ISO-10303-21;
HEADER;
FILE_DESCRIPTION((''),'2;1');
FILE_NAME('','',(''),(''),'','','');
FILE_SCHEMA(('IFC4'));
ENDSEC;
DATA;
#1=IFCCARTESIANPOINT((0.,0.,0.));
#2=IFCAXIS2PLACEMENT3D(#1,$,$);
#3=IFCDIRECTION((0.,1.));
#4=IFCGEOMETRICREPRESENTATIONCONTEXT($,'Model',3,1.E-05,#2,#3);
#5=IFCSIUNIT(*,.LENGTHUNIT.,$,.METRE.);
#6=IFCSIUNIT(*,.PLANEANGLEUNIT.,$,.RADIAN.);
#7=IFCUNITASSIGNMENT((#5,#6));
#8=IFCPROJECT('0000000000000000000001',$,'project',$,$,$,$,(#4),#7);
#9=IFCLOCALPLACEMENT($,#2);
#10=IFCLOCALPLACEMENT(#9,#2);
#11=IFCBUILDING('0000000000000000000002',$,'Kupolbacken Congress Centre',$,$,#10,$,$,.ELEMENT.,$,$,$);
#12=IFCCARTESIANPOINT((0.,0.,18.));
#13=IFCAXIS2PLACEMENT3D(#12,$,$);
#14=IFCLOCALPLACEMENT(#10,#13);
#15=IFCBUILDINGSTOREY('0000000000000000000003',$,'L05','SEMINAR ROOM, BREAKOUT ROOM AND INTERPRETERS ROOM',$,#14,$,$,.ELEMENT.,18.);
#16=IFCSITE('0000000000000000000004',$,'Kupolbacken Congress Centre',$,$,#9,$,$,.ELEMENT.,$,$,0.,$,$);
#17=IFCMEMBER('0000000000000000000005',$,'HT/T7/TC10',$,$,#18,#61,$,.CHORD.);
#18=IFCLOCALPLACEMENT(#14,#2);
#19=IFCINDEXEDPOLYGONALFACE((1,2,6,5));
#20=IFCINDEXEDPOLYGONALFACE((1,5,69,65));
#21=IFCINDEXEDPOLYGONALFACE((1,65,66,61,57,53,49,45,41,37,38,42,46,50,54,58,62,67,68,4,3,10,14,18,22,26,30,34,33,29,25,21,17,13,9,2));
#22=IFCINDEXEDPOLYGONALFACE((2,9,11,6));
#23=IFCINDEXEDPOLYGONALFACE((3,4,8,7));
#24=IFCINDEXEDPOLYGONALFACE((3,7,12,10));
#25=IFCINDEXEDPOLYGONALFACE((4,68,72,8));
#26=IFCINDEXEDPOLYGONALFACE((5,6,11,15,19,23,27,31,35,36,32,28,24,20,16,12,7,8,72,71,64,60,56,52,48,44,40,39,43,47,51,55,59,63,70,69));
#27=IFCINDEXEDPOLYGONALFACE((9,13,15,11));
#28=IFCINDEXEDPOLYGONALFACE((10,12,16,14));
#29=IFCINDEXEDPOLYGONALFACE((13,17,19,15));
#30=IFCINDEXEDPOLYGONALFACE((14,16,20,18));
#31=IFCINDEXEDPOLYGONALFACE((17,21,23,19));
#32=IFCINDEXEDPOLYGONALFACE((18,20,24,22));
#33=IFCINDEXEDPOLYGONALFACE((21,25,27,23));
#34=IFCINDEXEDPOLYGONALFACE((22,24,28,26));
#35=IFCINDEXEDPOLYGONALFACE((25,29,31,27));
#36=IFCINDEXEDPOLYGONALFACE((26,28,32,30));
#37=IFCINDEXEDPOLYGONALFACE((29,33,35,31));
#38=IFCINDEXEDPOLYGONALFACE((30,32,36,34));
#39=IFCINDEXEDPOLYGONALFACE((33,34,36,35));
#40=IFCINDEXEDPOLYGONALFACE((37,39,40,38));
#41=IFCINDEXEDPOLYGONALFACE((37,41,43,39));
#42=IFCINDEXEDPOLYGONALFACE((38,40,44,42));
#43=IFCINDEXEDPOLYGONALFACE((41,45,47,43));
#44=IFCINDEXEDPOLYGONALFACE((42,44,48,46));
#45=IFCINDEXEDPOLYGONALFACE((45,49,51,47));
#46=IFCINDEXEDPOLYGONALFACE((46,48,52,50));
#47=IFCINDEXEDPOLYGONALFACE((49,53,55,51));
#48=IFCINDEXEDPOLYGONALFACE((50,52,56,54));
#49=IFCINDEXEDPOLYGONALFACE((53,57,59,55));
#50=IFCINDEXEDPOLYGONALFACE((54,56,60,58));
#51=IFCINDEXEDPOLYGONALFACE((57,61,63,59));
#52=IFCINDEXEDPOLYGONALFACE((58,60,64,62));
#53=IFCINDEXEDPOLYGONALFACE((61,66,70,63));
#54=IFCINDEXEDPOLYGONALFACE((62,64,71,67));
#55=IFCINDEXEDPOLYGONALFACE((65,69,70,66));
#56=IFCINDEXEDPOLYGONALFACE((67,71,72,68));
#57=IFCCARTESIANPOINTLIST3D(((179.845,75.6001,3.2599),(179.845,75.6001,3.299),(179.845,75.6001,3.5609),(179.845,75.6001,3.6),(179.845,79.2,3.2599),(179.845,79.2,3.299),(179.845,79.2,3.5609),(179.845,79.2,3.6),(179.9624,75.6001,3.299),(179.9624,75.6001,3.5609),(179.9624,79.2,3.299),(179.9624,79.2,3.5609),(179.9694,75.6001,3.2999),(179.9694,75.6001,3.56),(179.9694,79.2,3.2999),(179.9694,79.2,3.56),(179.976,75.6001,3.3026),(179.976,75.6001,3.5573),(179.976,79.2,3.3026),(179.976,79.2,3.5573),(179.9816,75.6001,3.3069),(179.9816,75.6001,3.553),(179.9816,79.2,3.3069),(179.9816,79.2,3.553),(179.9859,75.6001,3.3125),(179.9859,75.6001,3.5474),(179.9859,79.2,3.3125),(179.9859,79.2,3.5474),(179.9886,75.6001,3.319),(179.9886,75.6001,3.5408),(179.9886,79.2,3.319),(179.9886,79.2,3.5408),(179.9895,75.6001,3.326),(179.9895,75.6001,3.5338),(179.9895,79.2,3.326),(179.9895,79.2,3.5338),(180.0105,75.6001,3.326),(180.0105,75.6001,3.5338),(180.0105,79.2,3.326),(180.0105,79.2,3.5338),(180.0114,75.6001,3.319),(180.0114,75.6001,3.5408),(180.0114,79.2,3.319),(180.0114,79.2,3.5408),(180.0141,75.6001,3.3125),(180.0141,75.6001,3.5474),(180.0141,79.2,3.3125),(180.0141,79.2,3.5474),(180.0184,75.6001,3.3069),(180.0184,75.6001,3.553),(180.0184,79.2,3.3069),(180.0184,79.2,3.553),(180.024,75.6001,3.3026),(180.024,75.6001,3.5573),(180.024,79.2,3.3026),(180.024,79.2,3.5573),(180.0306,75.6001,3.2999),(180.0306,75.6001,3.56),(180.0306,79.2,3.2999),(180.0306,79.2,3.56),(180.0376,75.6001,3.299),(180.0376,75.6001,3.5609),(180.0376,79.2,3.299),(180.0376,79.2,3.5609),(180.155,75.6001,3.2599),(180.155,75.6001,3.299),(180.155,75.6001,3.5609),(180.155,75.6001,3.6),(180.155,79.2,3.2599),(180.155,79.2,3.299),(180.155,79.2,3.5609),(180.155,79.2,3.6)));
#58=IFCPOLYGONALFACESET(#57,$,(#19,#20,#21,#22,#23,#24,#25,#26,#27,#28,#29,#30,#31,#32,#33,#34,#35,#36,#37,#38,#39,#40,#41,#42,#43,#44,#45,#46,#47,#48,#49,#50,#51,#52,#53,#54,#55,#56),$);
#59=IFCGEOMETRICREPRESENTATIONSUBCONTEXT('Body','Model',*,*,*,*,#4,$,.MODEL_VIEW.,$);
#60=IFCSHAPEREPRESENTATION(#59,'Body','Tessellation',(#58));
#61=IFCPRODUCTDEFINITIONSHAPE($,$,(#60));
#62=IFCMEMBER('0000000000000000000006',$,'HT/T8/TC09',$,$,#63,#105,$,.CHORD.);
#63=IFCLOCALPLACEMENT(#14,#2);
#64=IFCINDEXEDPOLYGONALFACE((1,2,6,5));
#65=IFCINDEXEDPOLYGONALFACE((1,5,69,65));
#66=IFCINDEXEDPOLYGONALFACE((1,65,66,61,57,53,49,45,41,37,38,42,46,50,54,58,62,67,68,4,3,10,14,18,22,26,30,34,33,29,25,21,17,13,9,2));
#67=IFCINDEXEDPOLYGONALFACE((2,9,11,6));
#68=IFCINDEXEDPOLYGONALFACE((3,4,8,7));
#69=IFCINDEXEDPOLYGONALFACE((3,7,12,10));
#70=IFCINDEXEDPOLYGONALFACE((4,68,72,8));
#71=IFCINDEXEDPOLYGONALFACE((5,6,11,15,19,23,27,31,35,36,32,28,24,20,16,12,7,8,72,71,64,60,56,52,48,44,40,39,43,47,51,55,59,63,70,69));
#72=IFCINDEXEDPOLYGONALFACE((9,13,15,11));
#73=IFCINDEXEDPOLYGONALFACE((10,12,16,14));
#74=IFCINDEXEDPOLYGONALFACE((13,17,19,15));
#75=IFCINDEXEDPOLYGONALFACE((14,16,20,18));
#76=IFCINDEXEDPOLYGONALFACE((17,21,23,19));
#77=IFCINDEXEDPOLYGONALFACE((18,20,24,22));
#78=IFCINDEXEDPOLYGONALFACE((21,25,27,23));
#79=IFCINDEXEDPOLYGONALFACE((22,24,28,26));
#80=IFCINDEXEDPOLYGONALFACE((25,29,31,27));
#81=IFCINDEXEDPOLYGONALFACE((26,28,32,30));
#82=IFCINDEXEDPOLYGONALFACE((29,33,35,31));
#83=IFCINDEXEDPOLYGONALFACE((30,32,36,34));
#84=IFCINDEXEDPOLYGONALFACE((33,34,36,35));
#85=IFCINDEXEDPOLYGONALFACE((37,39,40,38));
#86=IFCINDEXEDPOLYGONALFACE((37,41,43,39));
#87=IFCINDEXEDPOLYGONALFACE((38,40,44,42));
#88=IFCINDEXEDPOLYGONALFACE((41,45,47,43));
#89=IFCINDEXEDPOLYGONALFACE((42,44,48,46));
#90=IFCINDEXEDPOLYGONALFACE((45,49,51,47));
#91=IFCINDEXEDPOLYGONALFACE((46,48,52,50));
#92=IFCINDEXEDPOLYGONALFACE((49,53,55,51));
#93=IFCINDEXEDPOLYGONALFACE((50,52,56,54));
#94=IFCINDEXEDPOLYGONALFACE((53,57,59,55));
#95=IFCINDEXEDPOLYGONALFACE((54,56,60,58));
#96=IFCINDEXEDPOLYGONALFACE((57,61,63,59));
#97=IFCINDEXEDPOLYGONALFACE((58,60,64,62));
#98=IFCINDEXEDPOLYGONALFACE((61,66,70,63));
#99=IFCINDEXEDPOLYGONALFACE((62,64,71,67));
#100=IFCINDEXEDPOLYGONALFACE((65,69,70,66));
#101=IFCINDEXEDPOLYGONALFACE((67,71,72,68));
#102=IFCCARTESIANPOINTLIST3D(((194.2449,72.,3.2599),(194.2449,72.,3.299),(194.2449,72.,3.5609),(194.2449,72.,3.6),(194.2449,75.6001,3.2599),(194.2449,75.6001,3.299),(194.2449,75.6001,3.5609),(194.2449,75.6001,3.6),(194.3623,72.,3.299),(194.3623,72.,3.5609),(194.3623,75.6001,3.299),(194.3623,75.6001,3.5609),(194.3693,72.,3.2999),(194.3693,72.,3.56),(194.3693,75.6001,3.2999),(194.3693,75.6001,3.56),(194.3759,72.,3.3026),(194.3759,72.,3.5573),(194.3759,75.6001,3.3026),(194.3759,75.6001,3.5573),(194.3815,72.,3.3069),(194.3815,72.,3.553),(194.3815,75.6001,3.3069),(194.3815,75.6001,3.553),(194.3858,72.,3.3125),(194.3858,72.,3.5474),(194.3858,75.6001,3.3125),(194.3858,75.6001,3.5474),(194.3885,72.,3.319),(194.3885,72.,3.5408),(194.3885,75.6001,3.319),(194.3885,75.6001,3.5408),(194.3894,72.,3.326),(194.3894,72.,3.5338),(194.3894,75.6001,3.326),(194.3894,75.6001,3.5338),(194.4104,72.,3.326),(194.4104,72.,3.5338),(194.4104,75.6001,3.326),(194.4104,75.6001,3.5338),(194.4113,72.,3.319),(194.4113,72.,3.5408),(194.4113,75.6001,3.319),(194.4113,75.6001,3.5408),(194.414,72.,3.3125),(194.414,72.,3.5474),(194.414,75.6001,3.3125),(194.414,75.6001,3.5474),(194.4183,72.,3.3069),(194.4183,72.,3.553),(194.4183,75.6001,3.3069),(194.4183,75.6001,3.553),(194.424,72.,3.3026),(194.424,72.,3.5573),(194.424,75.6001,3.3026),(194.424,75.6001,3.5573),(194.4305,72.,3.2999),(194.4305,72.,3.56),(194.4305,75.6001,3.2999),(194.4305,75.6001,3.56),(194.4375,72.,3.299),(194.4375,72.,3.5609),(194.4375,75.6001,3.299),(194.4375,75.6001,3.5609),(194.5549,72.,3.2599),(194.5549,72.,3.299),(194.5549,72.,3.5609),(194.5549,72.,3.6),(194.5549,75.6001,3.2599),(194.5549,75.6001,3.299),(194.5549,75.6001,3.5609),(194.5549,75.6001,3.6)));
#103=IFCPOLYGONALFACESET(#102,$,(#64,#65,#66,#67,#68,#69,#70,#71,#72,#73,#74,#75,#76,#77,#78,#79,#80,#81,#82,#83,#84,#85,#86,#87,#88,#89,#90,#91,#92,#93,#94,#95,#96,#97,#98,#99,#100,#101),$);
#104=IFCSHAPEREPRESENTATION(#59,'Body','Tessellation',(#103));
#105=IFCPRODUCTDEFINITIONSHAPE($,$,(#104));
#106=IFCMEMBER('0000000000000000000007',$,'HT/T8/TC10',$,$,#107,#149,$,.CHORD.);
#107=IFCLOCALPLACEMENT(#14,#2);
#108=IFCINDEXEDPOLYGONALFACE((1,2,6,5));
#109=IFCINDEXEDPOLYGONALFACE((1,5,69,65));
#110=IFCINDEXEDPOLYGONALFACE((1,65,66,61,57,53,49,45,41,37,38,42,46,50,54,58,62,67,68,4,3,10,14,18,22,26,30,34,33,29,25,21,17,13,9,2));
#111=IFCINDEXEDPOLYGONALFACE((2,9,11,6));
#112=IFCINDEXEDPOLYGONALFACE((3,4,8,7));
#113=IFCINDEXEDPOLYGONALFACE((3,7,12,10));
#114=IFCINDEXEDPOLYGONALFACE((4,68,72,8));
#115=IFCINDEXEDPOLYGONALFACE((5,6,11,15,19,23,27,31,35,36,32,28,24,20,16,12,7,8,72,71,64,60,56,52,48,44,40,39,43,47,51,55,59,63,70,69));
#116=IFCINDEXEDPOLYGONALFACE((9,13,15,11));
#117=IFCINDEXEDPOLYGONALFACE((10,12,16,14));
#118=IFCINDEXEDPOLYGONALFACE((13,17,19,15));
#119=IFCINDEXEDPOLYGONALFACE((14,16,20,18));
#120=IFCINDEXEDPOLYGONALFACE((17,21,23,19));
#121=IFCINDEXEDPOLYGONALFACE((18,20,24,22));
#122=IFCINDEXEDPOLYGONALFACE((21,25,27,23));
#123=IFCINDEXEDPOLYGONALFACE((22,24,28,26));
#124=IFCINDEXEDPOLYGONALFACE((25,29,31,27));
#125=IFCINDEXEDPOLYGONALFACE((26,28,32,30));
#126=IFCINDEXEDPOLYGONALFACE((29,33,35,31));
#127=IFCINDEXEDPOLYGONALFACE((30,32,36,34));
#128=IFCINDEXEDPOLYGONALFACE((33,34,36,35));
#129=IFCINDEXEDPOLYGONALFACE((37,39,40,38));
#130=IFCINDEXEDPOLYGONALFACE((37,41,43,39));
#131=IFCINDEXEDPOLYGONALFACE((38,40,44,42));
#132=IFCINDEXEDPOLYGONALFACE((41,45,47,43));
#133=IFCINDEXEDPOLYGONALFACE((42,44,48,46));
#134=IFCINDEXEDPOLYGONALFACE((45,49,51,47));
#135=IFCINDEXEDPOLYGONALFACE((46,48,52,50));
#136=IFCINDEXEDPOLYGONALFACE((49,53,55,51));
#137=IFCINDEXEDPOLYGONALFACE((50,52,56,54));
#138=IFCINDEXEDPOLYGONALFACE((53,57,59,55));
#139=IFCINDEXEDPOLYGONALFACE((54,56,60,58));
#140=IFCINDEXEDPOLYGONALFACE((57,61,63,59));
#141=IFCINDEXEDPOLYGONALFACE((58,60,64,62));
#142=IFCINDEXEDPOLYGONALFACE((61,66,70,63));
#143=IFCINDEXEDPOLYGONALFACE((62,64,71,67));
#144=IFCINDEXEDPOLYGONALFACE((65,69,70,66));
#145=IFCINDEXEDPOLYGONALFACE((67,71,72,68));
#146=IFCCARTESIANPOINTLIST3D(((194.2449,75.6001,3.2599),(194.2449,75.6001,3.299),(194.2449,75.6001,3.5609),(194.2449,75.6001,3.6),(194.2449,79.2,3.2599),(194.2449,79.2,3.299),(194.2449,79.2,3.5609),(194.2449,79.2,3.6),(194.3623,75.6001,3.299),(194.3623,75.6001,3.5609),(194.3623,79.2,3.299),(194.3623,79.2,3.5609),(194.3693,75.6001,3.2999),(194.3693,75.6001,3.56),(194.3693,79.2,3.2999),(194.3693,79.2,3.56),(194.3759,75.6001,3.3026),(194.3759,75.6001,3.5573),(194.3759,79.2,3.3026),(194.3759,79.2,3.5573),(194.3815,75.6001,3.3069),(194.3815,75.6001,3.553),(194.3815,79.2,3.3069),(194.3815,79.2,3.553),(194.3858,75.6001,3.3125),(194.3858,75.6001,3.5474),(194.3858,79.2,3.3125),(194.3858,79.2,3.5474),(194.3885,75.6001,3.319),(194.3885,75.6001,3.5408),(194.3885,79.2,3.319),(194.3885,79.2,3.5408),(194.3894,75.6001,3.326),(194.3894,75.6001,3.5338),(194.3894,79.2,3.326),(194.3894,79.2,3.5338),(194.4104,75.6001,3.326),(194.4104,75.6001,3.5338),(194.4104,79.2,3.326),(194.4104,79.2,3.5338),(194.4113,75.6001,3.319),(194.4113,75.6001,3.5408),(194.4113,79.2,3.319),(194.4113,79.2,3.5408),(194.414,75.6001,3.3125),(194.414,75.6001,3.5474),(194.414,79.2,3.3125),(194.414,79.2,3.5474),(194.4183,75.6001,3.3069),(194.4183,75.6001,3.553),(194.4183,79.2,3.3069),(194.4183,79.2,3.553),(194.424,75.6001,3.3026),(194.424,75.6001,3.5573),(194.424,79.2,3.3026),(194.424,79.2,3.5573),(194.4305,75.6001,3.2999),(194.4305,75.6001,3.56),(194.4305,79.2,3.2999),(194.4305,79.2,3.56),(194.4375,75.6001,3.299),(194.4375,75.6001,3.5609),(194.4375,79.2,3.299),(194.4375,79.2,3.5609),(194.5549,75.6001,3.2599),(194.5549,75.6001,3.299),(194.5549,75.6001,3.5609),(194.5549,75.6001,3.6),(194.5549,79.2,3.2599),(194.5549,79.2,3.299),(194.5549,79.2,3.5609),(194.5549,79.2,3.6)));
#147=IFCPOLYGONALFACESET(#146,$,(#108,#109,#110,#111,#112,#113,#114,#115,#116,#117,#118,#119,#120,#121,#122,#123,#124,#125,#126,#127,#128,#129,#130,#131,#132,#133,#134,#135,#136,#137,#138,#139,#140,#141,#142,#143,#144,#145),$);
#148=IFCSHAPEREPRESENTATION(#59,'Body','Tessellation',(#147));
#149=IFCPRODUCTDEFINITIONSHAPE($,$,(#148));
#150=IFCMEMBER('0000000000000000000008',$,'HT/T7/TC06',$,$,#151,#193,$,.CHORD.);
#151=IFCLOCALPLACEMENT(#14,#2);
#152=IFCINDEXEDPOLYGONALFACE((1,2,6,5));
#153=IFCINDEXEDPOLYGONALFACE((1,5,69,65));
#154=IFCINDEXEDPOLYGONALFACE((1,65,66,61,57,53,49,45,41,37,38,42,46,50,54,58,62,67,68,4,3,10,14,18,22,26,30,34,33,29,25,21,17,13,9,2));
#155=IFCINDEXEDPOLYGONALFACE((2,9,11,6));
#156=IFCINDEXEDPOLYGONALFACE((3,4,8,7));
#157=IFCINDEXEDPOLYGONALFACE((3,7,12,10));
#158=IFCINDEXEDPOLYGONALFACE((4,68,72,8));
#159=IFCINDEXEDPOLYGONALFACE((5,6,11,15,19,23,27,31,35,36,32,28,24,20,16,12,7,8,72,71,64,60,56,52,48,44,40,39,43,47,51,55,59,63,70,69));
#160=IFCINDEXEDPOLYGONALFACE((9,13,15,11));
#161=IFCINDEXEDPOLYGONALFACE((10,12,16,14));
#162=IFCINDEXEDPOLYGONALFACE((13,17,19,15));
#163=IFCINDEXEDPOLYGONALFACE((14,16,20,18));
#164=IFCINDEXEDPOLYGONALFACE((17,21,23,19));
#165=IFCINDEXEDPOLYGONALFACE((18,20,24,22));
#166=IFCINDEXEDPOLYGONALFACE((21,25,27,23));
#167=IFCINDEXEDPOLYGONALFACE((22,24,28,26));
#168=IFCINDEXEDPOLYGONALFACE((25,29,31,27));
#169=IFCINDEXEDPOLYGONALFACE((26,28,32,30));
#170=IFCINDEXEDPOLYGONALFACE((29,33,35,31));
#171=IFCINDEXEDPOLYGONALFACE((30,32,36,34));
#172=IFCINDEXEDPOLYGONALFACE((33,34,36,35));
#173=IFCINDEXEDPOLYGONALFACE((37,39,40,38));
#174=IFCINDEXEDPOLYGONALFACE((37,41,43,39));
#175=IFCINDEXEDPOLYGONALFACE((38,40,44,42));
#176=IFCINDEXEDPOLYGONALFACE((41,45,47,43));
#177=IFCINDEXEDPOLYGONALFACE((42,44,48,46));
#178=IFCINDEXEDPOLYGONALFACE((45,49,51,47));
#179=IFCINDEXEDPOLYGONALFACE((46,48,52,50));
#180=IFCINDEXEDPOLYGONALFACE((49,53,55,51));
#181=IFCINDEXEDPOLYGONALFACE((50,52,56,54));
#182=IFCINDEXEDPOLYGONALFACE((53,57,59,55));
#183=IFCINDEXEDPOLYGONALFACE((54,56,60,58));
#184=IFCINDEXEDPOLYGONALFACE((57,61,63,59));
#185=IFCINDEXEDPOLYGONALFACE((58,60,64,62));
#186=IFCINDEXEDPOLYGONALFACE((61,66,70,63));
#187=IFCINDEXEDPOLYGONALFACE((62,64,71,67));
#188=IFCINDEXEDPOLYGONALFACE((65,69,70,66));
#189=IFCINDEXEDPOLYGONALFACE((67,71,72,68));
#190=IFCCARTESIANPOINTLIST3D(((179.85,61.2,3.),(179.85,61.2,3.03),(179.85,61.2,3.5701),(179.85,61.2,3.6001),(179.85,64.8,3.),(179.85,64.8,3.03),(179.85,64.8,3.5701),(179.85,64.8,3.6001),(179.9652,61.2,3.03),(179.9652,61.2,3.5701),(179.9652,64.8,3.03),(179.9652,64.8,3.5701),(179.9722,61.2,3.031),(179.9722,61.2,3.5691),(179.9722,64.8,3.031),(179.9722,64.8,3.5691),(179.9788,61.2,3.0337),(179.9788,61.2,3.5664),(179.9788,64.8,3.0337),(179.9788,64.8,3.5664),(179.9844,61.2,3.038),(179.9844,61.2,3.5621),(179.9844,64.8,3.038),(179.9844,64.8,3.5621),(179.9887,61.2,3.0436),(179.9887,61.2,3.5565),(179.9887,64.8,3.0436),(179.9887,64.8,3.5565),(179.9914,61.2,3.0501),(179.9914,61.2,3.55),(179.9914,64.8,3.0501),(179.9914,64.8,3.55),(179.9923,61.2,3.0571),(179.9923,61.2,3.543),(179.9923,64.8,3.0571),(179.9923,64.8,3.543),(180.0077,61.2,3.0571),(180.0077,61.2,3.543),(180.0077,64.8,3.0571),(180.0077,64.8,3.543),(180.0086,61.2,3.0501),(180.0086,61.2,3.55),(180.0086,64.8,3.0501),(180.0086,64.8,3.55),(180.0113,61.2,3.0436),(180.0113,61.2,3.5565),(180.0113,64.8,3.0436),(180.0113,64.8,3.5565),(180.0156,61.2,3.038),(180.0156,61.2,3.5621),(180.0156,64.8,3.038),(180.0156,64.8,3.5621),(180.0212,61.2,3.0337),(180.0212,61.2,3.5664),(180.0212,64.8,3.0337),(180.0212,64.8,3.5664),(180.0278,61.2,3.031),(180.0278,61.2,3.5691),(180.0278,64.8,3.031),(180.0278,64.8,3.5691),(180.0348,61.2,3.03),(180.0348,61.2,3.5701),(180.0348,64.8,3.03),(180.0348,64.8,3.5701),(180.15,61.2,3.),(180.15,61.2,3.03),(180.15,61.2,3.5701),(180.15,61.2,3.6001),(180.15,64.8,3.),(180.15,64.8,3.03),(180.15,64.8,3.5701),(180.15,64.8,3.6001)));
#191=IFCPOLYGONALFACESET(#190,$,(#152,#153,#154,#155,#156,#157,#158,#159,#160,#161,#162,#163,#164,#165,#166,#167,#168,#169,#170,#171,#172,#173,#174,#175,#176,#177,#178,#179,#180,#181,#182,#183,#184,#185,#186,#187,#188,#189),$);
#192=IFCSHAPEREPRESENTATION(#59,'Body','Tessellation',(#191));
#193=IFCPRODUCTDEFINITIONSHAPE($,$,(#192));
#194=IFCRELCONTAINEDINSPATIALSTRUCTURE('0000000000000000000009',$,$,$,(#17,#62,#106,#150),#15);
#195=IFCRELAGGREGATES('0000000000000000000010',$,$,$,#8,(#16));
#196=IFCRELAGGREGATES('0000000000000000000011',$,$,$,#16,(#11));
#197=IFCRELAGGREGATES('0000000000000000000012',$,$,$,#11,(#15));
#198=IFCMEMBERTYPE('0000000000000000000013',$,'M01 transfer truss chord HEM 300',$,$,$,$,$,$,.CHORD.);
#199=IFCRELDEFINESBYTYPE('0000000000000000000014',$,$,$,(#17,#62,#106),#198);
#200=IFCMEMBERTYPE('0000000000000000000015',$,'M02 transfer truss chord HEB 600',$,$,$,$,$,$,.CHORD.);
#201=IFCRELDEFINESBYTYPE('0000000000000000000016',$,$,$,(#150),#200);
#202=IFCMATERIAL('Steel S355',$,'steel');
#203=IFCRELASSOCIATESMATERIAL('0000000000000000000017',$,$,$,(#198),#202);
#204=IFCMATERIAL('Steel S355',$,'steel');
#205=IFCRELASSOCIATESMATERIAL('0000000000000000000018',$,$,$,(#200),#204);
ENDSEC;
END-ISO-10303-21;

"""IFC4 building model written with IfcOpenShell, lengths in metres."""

from ifc_helpers import new_model, si_unit, direction, frame, origin, origin_2d, place, context, subcontext, project, spatial, i_section, extrude, material, material_profile, profile_set, type_object, element, save


model = new_model("IFC4")

# Units and contexts
model_context = context("Model", 3, precision=1e-05, world=origin(), true_north=direction((0.0, 1.0)))
body_context = subcontext(model_context, "Body", "Model", "MODEL_VIEW")
ifc_project = project(units=[si_unit("LENGTHUNIT", "METRE"), si_unit("PLANEANGLEUNIT", "RADIAN")], contexts=[model_context])

# Site, building, storey
site_placement = place(None, origin())
site = spatial("IfcSite", under=ifc_project, at=site_placement, Name="Kupolbacken Congress Centre", CompositionType="ELEMENT", RefElevation=0.0)
building_placement = place(site_placement, origin())
building = spatial("IfcBuilding", under=site, at=building_placement, Name="Kupolbacken Congress Centre", CompositionType="ELEMENT")
storey_placement = place(building_placement, frame((0.0, 0.0, 18.0)))
storey = spatial("IfcBuildingStorey", under=building, at=storey_placement, Name="L05", Description="SEMINAR ROOM, BREAKOUT ROOM AND INTERPRETERS ROOM", CompositionType="ELEMENT", Elevation=18.0)

# Members
ifc_material_1 = material(Name="Steel S355", Category="steel")
ifc_material_profile_1 = material_profile(ifc_material_1, i_section(OverallWidth=0.3101, OverallDepth=0.3401, WebThickness=0.021, FlangeThickness=0.0391, FilletRadius=0.0271, at=origin_2d()), Name="HEM 300")
ifc_profile_set_1 = profile_set([ifc_material_profile_1], Name="Steel S355")
member_type_1 = type_object("IfcMemberType", Name="M01 transfer truss chord HEM 300", PredefinedType="CHORD", material=ifc_profile_set_1)
member_1_placement = place(storey_placement, frame((180.0, 75.6001, 3.4299), z_axis=(0.0, 1.0, 0.0), x_axis=(-1.0, 0.0, 0.0)))
element("IfcMember", 1, at=member_1_placement, inside=storey, type_object=member_type_1, Name="HT/T7/TC10", PredefinedType="CHORD", context=body_context, shape_type="SweptSolid", body=[
    extrude(i_section(OverallWidth=0.3101, OverallDepth=0.3401, WebThickness=0.021, FlangeThickness=0.0391, FilletRadius=0.0271, at=origin_2d()), origin(), (0.0, 0.0, 1.0), 3.5999),
])
member_2_placement = place(storey_placement, frame((194.3999, 72.0, 3.4299), z_axis=(0.0, 1.0, 0.0), x_axis=(-1.0, 0.0, 0.0)))
element("IfcMember", 2, at=member_2_placement, inside=storey, type_object=member_type_1, Name="HT/T8/TC09", PredefinedType="CHORD", context=body_context, shape_type="SweptSolid", body=[
    extrude(i_section(OverallWidth=0.3101, OverallDepth=0.3401, WebThickness=0.021, FlangeThickness=0.0391, FilletRadius=0.0271, at=origin_2d()), origin(), (0.0, 0.0, 1.0), 3.6001),
])
member_3_placement = place(storey_placement, frame((194.3999, 75.6001, 3.4299), z_axis=(0.0, 1.0, 0.0), x_axis=(-1.0, 0.0, 0.0)))
element("IfcMember", 3, at=member_3_placement, inside=storey, type_object=member_type_1, Name="HT/T8/TC10", PredefinedType="CHORD", context=body_context, shape_type="SweptSolid", body=[
    extrude(i_section(OverallWidth=0.3101, OverallDepth=0.3401, WebThickness=0.021, FlangeThickness=0.0391, FilletRadius=0.0271, at=origin_2d()), origin(), (0.0, 0.0, 1.0), 3.5999),
])
ifc_material_2 = material(Name="Steel S355", Category="steel")
ifc_material_profile_2 = material_profile(ifc_material_2, i_section(OverallWidth=0.3, OverallDepth=0.6001, WebThickness=0.0154, FlangeThickness=0.03, FilletRadius=0.0271, at=origin_2d()), Name="HEB 600")
ifc_profile_set_2 = profile_set([ifc_material_profile_2], Name="Steel S355")
member_type_2 = type_object("IfcMemberType", Name="M02 transfer truss chord HEB 600", PredefinedType="CHORD", material=ifc_profile_set_2)
member_4_placement = place(storey_placement, frame((180.0, 61.2, 3.3), z_axis=(0.0, 1.0, 0.0), x_axis=(-1.0, 0.0, 0.0)))
element("IfcMember", 4, at=member_4_placement, inside=storey, type_object=member_type_2, Name="HT/T7/TC06", PredefinedType="CHORD", context=body_context, shape_type="SweptSolid", body=[
    extrude(i_section(OverallWidth=0.3, OverallDepth=0.6001, WebThickness=0.0154, FlangeThickness=0.03, FilletRadius=0.0271, at=origin_2d()), origin(), (0.0, 0.0, 1.0), 3.6001),
])

save(model, "model.ifc")
